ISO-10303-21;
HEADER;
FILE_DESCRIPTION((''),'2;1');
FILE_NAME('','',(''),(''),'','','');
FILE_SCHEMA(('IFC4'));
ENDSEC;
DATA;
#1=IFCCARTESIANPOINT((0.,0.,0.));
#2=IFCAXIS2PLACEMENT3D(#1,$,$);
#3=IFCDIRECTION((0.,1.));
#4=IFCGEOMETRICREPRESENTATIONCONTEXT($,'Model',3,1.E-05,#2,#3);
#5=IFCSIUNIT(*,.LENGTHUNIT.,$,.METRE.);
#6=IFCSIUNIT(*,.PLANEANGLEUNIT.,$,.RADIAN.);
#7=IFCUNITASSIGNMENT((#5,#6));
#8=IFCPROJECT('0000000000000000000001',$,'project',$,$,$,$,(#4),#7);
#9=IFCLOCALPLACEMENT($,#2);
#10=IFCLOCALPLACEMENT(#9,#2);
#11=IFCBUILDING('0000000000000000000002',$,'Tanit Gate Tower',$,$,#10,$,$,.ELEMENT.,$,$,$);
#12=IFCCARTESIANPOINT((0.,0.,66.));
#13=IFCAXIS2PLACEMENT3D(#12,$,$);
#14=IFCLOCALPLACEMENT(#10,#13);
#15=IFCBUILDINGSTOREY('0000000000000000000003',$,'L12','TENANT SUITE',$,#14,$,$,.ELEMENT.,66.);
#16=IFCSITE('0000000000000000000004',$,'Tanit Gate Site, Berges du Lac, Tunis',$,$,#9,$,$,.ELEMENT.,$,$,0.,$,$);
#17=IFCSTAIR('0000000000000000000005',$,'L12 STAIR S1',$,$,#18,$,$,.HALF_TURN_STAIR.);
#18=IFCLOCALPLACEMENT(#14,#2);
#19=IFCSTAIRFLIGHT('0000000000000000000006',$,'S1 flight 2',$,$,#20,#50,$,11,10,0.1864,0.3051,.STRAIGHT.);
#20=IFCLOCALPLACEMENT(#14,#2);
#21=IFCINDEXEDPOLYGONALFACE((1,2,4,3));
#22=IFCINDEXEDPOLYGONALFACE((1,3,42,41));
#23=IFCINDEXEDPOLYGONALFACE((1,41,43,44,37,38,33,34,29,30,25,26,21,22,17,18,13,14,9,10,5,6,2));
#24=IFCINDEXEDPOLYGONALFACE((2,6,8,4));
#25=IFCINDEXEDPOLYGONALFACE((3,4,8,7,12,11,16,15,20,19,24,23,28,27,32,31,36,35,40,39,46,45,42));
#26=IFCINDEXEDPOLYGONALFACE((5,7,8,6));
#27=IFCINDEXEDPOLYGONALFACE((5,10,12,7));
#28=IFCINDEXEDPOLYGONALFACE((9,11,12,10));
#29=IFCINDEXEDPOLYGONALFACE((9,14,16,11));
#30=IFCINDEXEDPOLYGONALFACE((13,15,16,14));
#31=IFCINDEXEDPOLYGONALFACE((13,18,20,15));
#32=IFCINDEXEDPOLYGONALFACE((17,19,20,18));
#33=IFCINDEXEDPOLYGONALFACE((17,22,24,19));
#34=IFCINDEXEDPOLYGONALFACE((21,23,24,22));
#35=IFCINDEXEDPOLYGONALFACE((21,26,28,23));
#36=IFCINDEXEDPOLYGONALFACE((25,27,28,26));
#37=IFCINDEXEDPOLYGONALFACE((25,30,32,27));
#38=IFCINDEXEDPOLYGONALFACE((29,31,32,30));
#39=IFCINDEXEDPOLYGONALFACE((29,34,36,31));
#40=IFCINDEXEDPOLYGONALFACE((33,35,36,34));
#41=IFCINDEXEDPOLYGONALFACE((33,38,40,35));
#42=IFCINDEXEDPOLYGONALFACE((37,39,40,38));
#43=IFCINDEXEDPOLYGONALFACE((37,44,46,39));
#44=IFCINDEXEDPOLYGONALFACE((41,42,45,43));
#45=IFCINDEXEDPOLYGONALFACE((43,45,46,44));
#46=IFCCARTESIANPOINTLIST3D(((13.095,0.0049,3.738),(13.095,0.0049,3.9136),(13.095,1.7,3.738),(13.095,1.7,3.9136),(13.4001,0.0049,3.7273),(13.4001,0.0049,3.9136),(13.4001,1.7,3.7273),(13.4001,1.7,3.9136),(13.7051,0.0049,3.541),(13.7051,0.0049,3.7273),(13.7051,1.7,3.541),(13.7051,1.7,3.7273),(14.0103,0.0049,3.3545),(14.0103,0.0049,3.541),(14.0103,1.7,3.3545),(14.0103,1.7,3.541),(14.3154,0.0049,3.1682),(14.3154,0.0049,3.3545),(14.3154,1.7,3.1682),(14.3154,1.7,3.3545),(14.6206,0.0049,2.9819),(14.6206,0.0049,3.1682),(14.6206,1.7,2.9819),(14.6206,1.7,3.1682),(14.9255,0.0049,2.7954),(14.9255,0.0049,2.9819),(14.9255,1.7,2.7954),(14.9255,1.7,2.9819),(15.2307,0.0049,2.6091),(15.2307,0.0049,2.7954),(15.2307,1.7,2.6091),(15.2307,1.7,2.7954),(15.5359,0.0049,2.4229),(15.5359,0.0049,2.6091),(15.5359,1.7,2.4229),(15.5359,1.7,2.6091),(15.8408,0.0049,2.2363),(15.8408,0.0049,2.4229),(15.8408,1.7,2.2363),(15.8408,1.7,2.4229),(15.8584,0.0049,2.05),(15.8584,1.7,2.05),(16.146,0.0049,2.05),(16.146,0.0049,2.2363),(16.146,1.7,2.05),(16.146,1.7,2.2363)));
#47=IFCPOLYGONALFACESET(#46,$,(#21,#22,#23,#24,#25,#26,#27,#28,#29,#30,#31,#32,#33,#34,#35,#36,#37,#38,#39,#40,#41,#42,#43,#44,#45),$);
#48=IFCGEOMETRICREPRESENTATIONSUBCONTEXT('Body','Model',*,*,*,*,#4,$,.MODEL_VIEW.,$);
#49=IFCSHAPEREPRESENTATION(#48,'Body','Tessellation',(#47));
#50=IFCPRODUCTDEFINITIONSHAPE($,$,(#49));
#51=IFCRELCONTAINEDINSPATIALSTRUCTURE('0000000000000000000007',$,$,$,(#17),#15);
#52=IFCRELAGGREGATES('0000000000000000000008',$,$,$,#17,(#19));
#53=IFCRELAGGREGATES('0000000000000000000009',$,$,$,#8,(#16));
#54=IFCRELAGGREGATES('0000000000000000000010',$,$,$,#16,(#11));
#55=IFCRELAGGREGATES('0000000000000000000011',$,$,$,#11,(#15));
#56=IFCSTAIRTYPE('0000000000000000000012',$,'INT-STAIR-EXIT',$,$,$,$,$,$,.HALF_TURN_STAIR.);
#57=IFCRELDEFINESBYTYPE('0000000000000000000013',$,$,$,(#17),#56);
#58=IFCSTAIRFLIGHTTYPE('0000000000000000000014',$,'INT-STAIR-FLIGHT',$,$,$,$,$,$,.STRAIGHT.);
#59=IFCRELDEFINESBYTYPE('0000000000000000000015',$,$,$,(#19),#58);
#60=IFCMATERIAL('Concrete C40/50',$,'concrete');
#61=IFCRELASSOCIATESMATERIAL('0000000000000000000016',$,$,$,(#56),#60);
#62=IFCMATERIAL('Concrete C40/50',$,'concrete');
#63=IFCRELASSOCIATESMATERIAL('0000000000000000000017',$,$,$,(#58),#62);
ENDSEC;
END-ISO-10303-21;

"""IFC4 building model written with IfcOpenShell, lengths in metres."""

from ifc_helpers import new_model, si_unit, direction, frame, origin, place, context, subcontext, project, spatial, polyline, outline, extrude, material, type_object, element, aggregate, save


model = new_model("IFC4")

# Units and contexts
model_context = context("Model", 3, precision=1e-05, world=origin(), true_north=direction((0.0, 1.0)))
body_context = subcontext(model_context, "Body", "Model", "MODEL_VIEW")
ifc_project = project(units=[si_unit("LENGTHUNIT", "METRE"), si_unit("PLANEANGLEUNIT", "RADIAN")], contexts=[model_context])

# Site, building, storey
site_placement = place(None, origin())
site = spatial("IfcSite", under=ifc_project, at=site_placement, Name="Tanit Gate Site, Berges du Lac, Tunis", CompositionType="ELEMENT", RefElevation=0.0)
building_placement = place(site_placement, origin())
building = spatial("IfcBuilding", under=site, at=building_placement, Name="Tanit Gate Tower", CompositionType="ELEMENT")
storey_placement = place(building_placement, frame((0.0, 0.0, 66.0)))
storey = spatial("IfcBuildingStorey", under=building, at=storey_placement, Name="L12", Description="TENANT SUITE", CompositionType="ELEMENT", Elevation=66.0)

# Stair, stair flight
ifc_material_1 = material(Name="Concrete C40/50", Category="concrete")
stair_type = type_object("IfcStairType", Name="INT-STAIR-EXIT", PredefinedType="HALF_TURN_STAIR", material=ifc_material_1)
stair_placement = place(storey_placement, origin())
stair = element("IfcStair", 1, at=stair_placement, inside=storey, type_object=stair_type, Name="L12 STAIR S1", PredefinedType="HALF_TURN_STAIR")
ifc_material_2 = material(Name="Concrete C40/50", Category="concrete")
stair_flight_type = type_object("IfcStairFlightType", Name="INT-STAIR-FLIGHT", PredefinedType="STRAIGHT", material=ifc_material_2)
stair_flight_placement = place(storey_placement, frame((16.146, 0.8525, 2.05), z_axis=(0.0, 0.0, 1.0), x_axis=(-1.0, 0.0, 0.0)))
stair_flight = element("IfcStairFlight", 2, at=stair_flight_placement, type_object=stair_flight_type, Name="S1 flight 2", NumberOfRisers=11, NumberOfTreads=10, PredefinedType="STRAIGHT", RiserHeight=0.1864, TreadLength=0.3051, context=body_context, shape_type="SweptSolid", body=[
    extrude(outline(polyline([(0.0, 0.0), (0.0, 0.1863), (0.3052, 0.1863), (0.3052, 0.3728), (0.6101, 0.3728), (0.6101, 0.5591), (0.9153, 0.5591), (0.9153, 0.7454), (1.2205, 0.7454), (1.2205, 0.9319), (1.5254, 0.9319), (1.5254, 1.1182), (1.8306, 1.1182), (1.8306, 1.3044), (2.1357, 1.3044), (2.1357, 1.491), (2.4409, 1.491), (2.4409, 1.6772), (2.7458, 1.6772), (2.7458, 1.8635), (3.051, 1.8635), (3.051, 2.05), (3.051, 1.688), (0.2876, 0.0), (0.0, 0.0)])), frame((0.0, 0.8477, 0.0), z_axis=(0.0, -1.0, 0.0), x_axis=(1.0, 0.0, 0.0)), (0.0, 0.0, 1.0), 1.6951),
])
aggregate(stair, [stair_flight])

save(model, "model.ifc")
